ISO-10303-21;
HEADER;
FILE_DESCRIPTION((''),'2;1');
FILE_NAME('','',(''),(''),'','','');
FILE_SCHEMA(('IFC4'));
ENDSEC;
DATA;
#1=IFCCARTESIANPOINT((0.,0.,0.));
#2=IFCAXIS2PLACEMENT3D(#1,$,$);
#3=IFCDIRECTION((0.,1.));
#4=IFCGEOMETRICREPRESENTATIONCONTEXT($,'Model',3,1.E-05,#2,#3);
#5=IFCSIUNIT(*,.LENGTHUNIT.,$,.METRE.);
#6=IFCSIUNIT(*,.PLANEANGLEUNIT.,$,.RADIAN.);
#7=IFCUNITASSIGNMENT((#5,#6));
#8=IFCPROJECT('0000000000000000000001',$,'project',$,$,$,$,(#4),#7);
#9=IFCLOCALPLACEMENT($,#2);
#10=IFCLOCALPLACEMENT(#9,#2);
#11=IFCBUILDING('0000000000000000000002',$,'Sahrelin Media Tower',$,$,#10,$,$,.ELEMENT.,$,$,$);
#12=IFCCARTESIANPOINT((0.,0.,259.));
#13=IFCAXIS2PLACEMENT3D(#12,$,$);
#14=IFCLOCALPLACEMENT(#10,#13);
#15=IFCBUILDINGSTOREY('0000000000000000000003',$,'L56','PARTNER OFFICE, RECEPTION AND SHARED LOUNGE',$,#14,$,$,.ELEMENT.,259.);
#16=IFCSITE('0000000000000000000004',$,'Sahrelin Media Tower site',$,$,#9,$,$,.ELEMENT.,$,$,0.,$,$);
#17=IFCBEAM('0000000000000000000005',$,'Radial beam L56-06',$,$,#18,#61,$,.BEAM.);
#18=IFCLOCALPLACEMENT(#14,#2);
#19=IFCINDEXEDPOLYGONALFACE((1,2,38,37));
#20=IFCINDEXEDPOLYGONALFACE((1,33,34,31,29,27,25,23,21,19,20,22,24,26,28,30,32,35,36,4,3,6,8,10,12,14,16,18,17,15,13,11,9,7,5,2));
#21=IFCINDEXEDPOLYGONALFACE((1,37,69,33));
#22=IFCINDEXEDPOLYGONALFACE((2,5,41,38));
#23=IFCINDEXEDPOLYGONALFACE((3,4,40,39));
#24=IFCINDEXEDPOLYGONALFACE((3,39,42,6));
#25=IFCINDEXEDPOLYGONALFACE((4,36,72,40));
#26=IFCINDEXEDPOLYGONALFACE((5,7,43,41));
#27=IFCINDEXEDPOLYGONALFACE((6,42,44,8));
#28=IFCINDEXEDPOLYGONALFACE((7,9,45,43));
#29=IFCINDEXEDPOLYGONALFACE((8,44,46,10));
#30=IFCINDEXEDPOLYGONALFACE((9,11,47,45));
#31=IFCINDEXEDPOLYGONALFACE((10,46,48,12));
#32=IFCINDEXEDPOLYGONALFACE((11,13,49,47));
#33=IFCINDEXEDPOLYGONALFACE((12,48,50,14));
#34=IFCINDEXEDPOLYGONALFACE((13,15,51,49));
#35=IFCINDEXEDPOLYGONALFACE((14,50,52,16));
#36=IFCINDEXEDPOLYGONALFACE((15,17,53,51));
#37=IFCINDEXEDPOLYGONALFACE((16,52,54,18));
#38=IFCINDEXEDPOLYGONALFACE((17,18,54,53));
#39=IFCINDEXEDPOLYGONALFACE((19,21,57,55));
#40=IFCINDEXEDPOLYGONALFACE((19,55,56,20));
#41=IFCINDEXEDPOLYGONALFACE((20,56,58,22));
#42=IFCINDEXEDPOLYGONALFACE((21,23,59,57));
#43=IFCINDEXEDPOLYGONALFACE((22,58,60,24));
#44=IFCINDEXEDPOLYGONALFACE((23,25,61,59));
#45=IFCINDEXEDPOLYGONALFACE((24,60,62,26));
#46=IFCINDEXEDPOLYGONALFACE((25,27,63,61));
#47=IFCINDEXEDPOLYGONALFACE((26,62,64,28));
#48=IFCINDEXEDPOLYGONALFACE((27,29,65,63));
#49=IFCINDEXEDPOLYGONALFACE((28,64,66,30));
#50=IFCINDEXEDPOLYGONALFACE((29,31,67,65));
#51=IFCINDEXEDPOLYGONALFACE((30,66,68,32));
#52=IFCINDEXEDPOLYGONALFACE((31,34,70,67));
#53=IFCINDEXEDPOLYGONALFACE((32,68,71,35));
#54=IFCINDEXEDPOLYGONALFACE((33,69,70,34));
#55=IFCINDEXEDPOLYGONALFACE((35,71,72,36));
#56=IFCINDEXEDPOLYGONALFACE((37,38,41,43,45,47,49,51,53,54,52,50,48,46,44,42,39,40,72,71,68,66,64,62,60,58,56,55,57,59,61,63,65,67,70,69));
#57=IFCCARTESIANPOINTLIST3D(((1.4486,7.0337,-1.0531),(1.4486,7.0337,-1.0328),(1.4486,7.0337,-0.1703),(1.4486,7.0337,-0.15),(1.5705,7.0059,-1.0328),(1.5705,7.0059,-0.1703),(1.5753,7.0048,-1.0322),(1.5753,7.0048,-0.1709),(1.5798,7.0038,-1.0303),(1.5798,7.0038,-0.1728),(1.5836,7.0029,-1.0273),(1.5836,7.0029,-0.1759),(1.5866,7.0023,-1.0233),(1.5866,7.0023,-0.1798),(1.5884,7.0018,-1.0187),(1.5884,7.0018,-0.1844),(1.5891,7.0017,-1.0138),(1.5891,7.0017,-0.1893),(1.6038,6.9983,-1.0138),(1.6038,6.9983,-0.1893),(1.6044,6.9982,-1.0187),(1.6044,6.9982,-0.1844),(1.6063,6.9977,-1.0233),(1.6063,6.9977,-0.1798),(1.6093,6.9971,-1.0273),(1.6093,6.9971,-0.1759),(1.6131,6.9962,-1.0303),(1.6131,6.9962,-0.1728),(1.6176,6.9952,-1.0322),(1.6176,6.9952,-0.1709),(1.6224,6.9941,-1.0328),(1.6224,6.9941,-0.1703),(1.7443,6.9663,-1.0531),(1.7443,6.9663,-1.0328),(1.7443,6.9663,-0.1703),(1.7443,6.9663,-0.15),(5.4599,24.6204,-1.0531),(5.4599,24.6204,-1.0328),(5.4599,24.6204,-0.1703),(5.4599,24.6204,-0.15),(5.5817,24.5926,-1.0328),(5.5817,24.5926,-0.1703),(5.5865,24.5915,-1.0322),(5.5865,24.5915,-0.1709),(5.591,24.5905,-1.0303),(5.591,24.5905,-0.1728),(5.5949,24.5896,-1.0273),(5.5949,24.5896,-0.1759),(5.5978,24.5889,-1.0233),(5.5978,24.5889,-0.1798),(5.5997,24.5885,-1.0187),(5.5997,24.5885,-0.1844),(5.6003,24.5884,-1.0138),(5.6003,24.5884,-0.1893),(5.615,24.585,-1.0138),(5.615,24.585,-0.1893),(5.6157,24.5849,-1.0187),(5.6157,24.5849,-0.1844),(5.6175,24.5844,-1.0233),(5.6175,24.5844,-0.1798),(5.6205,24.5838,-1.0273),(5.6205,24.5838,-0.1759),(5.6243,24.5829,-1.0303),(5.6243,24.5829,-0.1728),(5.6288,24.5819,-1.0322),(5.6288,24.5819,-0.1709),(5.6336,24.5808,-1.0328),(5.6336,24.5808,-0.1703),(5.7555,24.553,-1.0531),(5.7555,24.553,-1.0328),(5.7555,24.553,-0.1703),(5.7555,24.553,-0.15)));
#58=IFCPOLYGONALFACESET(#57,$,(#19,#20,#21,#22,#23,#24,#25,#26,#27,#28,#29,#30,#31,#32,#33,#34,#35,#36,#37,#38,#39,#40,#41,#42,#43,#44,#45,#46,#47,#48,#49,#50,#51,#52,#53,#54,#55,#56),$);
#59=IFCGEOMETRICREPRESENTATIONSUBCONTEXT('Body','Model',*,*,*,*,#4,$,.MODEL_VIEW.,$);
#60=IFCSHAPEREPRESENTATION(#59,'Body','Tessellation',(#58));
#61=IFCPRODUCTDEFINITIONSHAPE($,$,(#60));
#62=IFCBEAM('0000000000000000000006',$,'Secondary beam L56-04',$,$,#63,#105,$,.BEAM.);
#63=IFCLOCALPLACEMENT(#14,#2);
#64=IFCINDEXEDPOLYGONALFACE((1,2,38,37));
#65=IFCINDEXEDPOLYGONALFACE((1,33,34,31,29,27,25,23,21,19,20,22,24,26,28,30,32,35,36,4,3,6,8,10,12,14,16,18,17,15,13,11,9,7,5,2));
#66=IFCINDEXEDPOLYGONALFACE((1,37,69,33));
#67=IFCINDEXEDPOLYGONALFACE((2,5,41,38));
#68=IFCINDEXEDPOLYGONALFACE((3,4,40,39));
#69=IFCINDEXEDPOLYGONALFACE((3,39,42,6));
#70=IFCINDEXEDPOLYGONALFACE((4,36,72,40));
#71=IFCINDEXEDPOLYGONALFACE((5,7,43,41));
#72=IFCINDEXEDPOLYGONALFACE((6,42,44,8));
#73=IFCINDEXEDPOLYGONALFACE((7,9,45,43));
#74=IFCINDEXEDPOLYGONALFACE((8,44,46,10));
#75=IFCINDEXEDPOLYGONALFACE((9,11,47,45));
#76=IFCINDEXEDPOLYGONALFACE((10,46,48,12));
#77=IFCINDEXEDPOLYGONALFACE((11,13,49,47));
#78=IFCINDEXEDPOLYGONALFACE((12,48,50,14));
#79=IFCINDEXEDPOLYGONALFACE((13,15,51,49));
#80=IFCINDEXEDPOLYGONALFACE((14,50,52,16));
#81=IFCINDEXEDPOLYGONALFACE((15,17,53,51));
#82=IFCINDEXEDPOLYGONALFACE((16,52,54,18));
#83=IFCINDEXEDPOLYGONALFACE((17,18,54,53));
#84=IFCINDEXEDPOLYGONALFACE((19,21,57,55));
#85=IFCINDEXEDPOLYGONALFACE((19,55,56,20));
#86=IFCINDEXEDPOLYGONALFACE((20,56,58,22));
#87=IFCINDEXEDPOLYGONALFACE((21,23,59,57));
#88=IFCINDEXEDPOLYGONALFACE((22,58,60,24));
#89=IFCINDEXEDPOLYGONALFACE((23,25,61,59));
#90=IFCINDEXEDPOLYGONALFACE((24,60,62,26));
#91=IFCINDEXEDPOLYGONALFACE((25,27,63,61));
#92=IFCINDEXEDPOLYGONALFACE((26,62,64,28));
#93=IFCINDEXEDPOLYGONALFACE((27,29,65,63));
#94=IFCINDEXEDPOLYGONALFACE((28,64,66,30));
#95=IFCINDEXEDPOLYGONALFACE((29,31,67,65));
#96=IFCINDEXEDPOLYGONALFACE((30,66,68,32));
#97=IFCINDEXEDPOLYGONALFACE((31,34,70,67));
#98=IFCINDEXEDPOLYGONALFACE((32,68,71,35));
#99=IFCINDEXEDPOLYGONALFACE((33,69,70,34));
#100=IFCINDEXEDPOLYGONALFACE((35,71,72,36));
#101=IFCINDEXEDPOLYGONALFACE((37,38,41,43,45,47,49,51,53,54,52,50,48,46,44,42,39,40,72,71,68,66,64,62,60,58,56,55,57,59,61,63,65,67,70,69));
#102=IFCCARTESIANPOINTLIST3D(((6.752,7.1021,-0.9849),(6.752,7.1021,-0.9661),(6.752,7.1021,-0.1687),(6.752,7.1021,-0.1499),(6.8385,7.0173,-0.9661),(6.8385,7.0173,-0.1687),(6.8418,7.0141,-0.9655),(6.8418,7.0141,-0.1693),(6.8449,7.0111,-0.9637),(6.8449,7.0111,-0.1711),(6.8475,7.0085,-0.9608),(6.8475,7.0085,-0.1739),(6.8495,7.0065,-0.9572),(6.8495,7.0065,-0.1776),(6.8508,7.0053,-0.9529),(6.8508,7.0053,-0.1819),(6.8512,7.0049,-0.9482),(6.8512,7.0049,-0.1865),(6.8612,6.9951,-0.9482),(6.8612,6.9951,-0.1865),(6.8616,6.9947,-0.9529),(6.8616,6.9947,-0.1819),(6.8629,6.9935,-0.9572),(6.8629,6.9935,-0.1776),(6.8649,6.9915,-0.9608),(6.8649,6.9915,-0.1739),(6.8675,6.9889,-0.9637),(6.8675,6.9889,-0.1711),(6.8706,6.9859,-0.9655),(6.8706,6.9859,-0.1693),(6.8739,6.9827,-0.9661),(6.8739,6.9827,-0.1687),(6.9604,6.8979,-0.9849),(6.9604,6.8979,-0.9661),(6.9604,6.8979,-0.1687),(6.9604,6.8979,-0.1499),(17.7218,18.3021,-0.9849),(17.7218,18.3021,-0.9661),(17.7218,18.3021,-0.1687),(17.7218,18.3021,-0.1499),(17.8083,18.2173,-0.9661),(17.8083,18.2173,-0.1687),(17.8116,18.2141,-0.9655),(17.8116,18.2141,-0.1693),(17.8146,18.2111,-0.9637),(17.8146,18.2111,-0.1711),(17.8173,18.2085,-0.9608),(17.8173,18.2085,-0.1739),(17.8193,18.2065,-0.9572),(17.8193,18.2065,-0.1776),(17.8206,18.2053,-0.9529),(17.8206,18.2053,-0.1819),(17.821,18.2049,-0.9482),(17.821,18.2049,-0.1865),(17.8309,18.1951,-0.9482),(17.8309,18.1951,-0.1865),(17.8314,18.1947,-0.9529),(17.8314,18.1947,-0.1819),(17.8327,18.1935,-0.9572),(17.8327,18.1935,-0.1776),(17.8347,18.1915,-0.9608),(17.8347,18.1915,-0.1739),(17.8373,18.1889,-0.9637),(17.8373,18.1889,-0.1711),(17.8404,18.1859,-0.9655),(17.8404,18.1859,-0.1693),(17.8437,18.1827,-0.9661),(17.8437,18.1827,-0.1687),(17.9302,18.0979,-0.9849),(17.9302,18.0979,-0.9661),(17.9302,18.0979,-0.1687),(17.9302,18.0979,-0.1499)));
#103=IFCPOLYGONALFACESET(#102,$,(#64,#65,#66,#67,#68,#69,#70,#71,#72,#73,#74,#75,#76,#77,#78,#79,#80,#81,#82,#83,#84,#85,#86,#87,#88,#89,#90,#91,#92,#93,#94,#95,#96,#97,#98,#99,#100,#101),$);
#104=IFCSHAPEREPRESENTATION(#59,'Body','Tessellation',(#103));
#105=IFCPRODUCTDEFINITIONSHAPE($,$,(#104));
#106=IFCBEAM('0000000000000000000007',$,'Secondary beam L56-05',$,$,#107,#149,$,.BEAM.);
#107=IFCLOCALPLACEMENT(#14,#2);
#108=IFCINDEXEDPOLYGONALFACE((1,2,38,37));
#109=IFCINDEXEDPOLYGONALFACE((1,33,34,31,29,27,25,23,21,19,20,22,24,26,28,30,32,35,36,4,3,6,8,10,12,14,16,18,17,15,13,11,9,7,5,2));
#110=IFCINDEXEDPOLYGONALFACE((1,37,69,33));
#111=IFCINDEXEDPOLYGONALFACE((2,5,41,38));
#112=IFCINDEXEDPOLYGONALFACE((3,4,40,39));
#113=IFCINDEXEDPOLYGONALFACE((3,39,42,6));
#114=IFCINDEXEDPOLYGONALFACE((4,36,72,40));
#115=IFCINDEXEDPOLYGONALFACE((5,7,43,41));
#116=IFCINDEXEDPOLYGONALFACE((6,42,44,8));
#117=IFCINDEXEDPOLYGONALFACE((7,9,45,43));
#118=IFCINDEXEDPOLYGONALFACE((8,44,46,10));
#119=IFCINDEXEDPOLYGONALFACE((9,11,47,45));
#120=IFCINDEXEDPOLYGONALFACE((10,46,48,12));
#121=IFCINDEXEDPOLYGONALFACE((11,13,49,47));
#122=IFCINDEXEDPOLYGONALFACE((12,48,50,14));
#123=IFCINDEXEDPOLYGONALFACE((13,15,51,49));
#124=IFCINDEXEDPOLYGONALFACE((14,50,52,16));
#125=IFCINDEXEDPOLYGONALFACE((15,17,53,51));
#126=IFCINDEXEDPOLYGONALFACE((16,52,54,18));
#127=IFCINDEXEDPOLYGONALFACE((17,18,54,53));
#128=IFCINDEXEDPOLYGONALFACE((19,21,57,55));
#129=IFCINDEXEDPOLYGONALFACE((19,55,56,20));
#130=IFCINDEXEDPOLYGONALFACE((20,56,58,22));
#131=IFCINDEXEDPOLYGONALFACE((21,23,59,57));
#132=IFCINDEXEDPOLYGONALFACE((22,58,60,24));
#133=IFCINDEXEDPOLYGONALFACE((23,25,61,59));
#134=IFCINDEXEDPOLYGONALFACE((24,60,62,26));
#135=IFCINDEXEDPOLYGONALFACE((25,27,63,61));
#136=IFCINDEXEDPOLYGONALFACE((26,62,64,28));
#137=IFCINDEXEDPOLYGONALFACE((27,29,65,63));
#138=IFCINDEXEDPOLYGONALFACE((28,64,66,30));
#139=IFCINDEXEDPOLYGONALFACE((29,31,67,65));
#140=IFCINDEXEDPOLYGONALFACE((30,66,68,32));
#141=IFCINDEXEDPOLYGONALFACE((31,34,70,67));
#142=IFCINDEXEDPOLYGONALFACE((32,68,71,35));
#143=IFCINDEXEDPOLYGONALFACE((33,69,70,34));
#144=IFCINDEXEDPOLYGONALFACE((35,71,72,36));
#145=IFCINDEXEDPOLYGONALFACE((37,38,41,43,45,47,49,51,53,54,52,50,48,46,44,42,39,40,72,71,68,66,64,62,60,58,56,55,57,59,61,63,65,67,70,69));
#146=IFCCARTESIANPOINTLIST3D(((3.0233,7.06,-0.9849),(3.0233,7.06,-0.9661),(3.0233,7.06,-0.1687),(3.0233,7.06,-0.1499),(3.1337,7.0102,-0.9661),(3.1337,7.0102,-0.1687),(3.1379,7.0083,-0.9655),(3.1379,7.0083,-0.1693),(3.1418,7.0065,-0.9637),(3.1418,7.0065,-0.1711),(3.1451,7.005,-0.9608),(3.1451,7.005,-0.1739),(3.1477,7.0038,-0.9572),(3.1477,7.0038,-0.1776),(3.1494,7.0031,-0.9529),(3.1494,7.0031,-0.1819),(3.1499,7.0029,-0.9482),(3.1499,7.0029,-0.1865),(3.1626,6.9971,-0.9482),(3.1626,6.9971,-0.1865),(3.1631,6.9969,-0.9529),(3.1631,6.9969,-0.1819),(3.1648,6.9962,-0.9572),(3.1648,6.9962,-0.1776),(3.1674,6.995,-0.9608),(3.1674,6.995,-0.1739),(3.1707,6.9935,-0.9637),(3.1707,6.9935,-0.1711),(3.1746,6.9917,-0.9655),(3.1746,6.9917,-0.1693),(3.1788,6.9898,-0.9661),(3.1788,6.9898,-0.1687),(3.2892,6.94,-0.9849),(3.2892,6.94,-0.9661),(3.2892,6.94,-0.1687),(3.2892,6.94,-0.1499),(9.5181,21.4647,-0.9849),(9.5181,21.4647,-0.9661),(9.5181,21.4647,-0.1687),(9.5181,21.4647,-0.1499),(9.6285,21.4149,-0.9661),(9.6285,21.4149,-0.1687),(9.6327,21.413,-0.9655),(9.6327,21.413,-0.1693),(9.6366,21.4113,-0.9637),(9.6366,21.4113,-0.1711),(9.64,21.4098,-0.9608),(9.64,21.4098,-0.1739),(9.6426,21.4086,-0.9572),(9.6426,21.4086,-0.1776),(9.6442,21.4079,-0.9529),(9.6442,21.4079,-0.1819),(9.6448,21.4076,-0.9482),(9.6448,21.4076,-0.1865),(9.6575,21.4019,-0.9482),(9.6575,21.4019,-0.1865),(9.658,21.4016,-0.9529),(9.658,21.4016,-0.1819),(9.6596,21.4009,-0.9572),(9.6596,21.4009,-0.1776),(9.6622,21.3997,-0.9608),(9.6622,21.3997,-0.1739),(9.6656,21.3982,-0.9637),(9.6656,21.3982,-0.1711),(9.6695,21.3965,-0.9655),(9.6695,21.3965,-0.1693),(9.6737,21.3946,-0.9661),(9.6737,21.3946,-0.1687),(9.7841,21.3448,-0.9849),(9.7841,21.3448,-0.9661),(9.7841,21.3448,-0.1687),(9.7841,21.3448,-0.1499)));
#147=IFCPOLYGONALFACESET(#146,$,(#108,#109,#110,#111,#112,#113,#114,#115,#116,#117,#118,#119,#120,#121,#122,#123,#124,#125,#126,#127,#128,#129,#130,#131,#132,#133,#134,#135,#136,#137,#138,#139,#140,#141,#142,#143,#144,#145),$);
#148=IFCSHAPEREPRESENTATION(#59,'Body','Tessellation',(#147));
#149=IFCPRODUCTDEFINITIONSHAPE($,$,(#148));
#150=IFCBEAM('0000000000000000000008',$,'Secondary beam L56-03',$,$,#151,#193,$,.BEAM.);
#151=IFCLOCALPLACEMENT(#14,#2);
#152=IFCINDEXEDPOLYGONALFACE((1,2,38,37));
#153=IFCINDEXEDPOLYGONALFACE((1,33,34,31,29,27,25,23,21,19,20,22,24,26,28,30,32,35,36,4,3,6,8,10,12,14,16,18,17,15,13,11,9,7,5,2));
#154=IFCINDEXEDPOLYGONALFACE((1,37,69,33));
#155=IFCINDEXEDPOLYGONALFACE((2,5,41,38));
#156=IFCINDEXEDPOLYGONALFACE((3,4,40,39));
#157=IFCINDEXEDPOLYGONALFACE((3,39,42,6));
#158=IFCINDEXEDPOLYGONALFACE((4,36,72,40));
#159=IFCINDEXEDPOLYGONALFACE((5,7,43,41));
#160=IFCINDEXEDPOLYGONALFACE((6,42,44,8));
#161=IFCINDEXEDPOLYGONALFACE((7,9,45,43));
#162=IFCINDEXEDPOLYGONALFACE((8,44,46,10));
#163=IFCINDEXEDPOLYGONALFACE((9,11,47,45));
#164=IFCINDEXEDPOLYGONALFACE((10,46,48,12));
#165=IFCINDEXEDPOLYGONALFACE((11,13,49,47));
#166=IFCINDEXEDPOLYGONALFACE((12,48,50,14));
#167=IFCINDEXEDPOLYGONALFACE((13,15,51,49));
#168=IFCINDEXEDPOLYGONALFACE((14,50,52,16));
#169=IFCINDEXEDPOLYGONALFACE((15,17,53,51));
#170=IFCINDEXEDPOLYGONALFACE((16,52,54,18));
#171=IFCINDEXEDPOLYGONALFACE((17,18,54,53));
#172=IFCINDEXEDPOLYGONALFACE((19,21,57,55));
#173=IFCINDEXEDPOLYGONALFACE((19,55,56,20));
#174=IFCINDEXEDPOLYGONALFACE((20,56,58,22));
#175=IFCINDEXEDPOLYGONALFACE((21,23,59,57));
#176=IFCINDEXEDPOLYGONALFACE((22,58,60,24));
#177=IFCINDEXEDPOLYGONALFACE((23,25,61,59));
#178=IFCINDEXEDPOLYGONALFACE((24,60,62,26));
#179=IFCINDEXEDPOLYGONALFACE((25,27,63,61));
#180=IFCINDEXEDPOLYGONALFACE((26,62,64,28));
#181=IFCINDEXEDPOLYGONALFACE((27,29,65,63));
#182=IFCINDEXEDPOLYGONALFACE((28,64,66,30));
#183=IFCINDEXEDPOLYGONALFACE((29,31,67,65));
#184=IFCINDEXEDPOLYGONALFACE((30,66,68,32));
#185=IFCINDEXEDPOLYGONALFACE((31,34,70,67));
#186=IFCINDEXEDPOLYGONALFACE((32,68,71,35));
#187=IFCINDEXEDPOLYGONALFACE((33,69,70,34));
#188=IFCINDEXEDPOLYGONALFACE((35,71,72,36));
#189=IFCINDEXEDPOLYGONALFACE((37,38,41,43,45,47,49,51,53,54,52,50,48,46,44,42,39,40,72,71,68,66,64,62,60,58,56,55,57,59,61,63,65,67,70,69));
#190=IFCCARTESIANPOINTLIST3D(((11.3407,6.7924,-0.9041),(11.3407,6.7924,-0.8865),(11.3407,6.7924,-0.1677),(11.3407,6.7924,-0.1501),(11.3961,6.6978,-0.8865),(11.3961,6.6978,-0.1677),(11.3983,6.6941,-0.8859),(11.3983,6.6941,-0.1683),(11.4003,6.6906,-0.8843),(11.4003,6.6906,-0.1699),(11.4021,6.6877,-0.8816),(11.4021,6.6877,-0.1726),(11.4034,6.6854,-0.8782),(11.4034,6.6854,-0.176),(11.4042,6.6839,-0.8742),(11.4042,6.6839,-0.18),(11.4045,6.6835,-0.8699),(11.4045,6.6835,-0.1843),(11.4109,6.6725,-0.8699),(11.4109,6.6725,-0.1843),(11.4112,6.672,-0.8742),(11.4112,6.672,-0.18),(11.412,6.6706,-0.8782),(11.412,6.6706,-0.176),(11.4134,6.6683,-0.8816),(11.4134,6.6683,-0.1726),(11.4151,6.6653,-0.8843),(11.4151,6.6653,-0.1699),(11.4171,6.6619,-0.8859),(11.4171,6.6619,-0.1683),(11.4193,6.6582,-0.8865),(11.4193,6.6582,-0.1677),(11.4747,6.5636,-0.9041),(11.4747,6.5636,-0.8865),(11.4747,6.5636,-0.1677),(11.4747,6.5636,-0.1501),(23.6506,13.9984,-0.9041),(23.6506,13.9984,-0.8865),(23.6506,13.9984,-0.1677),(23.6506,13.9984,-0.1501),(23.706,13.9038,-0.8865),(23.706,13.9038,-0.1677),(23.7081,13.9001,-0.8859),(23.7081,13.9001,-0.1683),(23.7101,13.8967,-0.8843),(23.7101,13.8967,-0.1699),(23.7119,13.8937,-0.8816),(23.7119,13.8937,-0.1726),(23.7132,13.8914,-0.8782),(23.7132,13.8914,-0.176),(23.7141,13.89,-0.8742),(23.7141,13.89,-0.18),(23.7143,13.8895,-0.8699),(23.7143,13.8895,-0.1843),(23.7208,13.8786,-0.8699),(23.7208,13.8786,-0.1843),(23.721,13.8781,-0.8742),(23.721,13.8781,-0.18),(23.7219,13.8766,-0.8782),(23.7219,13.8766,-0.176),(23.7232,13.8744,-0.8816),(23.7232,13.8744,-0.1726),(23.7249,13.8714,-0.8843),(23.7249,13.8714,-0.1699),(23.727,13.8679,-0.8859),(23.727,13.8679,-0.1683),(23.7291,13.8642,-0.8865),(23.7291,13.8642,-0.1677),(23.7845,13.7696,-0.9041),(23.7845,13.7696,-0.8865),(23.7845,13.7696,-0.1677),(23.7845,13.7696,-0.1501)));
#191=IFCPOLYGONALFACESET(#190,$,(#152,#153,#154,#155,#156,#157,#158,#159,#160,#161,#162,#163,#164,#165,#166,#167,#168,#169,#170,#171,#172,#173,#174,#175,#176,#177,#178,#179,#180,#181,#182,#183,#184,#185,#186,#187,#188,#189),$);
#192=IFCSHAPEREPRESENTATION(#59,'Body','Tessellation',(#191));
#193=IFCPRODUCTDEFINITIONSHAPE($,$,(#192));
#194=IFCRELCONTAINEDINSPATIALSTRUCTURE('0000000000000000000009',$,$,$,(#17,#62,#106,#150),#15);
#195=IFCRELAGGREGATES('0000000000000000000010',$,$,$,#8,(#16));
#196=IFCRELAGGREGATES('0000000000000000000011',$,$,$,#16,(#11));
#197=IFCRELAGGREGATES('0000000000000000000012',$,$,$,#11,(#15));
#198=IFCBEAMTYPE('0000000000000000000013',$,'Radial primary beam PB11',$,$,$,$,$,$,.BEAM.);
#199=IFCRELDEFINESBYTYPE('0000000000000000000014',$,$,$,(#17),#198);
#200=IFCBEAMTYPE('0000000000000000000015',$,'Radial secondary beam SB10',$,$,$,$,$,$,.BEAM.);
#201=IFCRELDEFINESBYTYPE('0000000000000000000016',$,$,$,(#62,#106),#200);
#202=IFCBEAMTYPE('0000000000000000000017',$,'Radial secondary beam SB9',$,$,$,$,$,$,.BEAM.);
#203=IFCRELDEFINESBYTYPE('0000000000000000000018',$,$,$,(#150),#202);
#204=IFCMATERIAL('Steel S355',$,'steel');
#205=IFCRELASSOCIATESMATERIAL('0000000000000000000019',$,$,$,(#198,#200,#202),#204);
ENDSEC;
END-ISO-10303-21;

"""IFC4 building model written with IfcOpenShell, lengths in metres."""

from ifc_helpers import new_model, si_unit, direction, frame, origin, origin_2d, place, context, subcontext, project, spatial, i_section, extrude, material, material_profile, profile_set, type_object, element, save


model = new_model("IFC4")

# Units and contexts
model_context = context("Model", 3, precision=1e-05, world=origin(), true_north=direction((0.0, 1.0)))
body_context = subcontext(model_context, "Body", "Model", "MODEL_VIEW")
ifc_project = project(units=[si_unit("LENGTHUNIT", "METRE"), si_unit("PLANEANGLEUNIT", "RADIAN")], contexts=[model_context])

# Site, building, storey
site_placement = place(None, origin())
site = spatial("IfcSite", under=ifc_project, at=site_placement, Name="Sahrelin Media Tower site", CompositionType="ELEMENT", RefElevation=0.0)
building_placement = place(site_placement, origin())
building = spatial("IfcBuilding", under=site, at=building_placement, Name="Sahrelin Media Tower", CompositionType="ELEMENT")
storey_placement = place(building_placement, frame((0.0, 0.0, 259.0)))
storey = spatial("IfcBuildingStorey", under=building, at=storey_placement, Name="L56", Description="PARTNER OFFICE, RECEPTION AND SHARED LOUNGE", CompositionType="ELEMENT", Elevation=259.0)

# Shared definitions
ifc_material_1 = material(Name="Steel S355", Category="steel")

# Beams
ifc_material_profile_1 = material_profile(ifc_material_1, i_section(OverallWidth=0.3032, OverallDepth=0.9031, WebThickness=0.0151, FlangeThickness=0.0203, FilletRadius=0.019, at=origin_2d()), Name="UB 914x305x201")
ifc_profile_set_1 = profile_set([ifc_material_profile_1], Name="Steel S355")
beam_type_1 = type_object("IfcBeamType", Name="Radial primary beam PB11", PredefinedType="BEAM", material=ifc_profile_set_1)
beam_1_placement = place(storey_placement, frame((1.5964, 7.0, -0.6016), z_axis=(0.222373, 0.974962, 0.0), x_axis=(-0.974962, 0.222373, 0.0)))
element("IfcBeam", 1, at=beam_1_placement, inside=storey, type_object=beam_type_1, Name="Radial beam L56-06", PredefinedType="BEAM", context=body_context, shape_type="SweptSolid", body=[
    extrude(i_section(OverallWidth=0.3032, OverallDepth=0.9031, WebThickness=0.0151, FlangeThickness=0.0203, FilletRadius=0.019, at=origin_2d()), origin(), (0.0, 0.0, 1.0), 18.0383),
])
ifc_material_profile_2 = material_profile(ifc_material_1, i_section(OverallWidth=0.2917, OverallDepth=0.835, WebThickness=0.0139, FlangeThickness=0.0188, FilletRadius=0.0178, at=origin_2d()), Name="UB 838x292x176")
ifc_profile_set_2 = profile_set([ifc_material_profile_2], Name="Steel S355")
beam_type_2 = type_object("IfcBeamType", Name="Radial secondary beam SB10", PredefinedType="BEAM", material=ifc_profile_set_2)
beam_2_placement = place(storey_placement, frame((6.8562, 7.0, -0.5674), z_axis=(0.699726, 0.714411, 0.0), x_axis=(-0.714411, 0.699726, 0.0)))
element("IfcBeam", 2, at=beam_2_placement, inside=storey, type_object=beam_type_2, Name="Secondary beam L56-04", PredefinedType="BEAM", context=body_context, shape_type="SweptSolid", body=[
    extrude(i_section(OverallWidth=0.2917, OverallDepth=0.835, WebThickness=0.0139, FlangeThickness=0.0188, FilletRadius=0.0178, at=origin_2d()), origin(), (0.0, 0.0, 1.0), 15.6772),
])
beam_3_placement = place(storey_placement, frame((3.1562, 7.0, -0.5674), z_axis=(0.411034, 0.91162, 0.0), x_axis=(-0.91162, 0.411034, 0.0)))
element("IfcBeam", 3, at=beam_3_placement, inside=storey, type_object=beam_type_2, Name="Secondary beam L56-05", PredefinedType="BEAM", context=body_context, shape_type="SweptSolid", body=[
    extrude(i_section(OverallWidth=0.2917, OverallDepth=0.835, WebThickness=0.0139, FlangeThickness=0.0188, FilletRadius=0.0178, at=origin_2d()), origin(), (0.0, 0.0, 1.0), 15.8013),
])
ifc_material_profile_3 = material_profile(ifc_material_1, i_section(OverallWidth=0.2651, OverallDepth=0.7539, WebThickness=0.0127, FlangeThickness=0.0176, FilletRadius=0.0166, at=origin_2d()), Name="UB 762x267x147")
ifc_profile_set_3 = profile_set([ifc_material_profile_3], Name="Steel S355")
beam_type_3 = type_object("IfcBeamType", Name="Radial secondary beam SB9", PredefinedType="BEAM", material=ifc_profile_set_3)
beam_4_placement = place(storey_placement, frame((11.4077, 6.678, -0.5271), z_axis=(0.863005, 0.505195, 0.0), x_axis=(-0.505195, 0.863005, 0.0)))
element("IfcBeam", 4, at=beam_4_placement, inside=storey, type_object=beam_type_3, Name="Secondary beam L56-03", PredefinedType="BEAM", context=body_context, shape_type="SweptSolid", body=[
    extrude(i_section(OverallWidth=0.2651, OverallDepth=0.7539, WebThickness=0.0127, FlangeThickness=0.0176, FilletRadius=0.0166, at=origin_2d()), origin(), (0.0, 0.0, 1.0), 14.2639),
])

save(model, "model.ifc")
